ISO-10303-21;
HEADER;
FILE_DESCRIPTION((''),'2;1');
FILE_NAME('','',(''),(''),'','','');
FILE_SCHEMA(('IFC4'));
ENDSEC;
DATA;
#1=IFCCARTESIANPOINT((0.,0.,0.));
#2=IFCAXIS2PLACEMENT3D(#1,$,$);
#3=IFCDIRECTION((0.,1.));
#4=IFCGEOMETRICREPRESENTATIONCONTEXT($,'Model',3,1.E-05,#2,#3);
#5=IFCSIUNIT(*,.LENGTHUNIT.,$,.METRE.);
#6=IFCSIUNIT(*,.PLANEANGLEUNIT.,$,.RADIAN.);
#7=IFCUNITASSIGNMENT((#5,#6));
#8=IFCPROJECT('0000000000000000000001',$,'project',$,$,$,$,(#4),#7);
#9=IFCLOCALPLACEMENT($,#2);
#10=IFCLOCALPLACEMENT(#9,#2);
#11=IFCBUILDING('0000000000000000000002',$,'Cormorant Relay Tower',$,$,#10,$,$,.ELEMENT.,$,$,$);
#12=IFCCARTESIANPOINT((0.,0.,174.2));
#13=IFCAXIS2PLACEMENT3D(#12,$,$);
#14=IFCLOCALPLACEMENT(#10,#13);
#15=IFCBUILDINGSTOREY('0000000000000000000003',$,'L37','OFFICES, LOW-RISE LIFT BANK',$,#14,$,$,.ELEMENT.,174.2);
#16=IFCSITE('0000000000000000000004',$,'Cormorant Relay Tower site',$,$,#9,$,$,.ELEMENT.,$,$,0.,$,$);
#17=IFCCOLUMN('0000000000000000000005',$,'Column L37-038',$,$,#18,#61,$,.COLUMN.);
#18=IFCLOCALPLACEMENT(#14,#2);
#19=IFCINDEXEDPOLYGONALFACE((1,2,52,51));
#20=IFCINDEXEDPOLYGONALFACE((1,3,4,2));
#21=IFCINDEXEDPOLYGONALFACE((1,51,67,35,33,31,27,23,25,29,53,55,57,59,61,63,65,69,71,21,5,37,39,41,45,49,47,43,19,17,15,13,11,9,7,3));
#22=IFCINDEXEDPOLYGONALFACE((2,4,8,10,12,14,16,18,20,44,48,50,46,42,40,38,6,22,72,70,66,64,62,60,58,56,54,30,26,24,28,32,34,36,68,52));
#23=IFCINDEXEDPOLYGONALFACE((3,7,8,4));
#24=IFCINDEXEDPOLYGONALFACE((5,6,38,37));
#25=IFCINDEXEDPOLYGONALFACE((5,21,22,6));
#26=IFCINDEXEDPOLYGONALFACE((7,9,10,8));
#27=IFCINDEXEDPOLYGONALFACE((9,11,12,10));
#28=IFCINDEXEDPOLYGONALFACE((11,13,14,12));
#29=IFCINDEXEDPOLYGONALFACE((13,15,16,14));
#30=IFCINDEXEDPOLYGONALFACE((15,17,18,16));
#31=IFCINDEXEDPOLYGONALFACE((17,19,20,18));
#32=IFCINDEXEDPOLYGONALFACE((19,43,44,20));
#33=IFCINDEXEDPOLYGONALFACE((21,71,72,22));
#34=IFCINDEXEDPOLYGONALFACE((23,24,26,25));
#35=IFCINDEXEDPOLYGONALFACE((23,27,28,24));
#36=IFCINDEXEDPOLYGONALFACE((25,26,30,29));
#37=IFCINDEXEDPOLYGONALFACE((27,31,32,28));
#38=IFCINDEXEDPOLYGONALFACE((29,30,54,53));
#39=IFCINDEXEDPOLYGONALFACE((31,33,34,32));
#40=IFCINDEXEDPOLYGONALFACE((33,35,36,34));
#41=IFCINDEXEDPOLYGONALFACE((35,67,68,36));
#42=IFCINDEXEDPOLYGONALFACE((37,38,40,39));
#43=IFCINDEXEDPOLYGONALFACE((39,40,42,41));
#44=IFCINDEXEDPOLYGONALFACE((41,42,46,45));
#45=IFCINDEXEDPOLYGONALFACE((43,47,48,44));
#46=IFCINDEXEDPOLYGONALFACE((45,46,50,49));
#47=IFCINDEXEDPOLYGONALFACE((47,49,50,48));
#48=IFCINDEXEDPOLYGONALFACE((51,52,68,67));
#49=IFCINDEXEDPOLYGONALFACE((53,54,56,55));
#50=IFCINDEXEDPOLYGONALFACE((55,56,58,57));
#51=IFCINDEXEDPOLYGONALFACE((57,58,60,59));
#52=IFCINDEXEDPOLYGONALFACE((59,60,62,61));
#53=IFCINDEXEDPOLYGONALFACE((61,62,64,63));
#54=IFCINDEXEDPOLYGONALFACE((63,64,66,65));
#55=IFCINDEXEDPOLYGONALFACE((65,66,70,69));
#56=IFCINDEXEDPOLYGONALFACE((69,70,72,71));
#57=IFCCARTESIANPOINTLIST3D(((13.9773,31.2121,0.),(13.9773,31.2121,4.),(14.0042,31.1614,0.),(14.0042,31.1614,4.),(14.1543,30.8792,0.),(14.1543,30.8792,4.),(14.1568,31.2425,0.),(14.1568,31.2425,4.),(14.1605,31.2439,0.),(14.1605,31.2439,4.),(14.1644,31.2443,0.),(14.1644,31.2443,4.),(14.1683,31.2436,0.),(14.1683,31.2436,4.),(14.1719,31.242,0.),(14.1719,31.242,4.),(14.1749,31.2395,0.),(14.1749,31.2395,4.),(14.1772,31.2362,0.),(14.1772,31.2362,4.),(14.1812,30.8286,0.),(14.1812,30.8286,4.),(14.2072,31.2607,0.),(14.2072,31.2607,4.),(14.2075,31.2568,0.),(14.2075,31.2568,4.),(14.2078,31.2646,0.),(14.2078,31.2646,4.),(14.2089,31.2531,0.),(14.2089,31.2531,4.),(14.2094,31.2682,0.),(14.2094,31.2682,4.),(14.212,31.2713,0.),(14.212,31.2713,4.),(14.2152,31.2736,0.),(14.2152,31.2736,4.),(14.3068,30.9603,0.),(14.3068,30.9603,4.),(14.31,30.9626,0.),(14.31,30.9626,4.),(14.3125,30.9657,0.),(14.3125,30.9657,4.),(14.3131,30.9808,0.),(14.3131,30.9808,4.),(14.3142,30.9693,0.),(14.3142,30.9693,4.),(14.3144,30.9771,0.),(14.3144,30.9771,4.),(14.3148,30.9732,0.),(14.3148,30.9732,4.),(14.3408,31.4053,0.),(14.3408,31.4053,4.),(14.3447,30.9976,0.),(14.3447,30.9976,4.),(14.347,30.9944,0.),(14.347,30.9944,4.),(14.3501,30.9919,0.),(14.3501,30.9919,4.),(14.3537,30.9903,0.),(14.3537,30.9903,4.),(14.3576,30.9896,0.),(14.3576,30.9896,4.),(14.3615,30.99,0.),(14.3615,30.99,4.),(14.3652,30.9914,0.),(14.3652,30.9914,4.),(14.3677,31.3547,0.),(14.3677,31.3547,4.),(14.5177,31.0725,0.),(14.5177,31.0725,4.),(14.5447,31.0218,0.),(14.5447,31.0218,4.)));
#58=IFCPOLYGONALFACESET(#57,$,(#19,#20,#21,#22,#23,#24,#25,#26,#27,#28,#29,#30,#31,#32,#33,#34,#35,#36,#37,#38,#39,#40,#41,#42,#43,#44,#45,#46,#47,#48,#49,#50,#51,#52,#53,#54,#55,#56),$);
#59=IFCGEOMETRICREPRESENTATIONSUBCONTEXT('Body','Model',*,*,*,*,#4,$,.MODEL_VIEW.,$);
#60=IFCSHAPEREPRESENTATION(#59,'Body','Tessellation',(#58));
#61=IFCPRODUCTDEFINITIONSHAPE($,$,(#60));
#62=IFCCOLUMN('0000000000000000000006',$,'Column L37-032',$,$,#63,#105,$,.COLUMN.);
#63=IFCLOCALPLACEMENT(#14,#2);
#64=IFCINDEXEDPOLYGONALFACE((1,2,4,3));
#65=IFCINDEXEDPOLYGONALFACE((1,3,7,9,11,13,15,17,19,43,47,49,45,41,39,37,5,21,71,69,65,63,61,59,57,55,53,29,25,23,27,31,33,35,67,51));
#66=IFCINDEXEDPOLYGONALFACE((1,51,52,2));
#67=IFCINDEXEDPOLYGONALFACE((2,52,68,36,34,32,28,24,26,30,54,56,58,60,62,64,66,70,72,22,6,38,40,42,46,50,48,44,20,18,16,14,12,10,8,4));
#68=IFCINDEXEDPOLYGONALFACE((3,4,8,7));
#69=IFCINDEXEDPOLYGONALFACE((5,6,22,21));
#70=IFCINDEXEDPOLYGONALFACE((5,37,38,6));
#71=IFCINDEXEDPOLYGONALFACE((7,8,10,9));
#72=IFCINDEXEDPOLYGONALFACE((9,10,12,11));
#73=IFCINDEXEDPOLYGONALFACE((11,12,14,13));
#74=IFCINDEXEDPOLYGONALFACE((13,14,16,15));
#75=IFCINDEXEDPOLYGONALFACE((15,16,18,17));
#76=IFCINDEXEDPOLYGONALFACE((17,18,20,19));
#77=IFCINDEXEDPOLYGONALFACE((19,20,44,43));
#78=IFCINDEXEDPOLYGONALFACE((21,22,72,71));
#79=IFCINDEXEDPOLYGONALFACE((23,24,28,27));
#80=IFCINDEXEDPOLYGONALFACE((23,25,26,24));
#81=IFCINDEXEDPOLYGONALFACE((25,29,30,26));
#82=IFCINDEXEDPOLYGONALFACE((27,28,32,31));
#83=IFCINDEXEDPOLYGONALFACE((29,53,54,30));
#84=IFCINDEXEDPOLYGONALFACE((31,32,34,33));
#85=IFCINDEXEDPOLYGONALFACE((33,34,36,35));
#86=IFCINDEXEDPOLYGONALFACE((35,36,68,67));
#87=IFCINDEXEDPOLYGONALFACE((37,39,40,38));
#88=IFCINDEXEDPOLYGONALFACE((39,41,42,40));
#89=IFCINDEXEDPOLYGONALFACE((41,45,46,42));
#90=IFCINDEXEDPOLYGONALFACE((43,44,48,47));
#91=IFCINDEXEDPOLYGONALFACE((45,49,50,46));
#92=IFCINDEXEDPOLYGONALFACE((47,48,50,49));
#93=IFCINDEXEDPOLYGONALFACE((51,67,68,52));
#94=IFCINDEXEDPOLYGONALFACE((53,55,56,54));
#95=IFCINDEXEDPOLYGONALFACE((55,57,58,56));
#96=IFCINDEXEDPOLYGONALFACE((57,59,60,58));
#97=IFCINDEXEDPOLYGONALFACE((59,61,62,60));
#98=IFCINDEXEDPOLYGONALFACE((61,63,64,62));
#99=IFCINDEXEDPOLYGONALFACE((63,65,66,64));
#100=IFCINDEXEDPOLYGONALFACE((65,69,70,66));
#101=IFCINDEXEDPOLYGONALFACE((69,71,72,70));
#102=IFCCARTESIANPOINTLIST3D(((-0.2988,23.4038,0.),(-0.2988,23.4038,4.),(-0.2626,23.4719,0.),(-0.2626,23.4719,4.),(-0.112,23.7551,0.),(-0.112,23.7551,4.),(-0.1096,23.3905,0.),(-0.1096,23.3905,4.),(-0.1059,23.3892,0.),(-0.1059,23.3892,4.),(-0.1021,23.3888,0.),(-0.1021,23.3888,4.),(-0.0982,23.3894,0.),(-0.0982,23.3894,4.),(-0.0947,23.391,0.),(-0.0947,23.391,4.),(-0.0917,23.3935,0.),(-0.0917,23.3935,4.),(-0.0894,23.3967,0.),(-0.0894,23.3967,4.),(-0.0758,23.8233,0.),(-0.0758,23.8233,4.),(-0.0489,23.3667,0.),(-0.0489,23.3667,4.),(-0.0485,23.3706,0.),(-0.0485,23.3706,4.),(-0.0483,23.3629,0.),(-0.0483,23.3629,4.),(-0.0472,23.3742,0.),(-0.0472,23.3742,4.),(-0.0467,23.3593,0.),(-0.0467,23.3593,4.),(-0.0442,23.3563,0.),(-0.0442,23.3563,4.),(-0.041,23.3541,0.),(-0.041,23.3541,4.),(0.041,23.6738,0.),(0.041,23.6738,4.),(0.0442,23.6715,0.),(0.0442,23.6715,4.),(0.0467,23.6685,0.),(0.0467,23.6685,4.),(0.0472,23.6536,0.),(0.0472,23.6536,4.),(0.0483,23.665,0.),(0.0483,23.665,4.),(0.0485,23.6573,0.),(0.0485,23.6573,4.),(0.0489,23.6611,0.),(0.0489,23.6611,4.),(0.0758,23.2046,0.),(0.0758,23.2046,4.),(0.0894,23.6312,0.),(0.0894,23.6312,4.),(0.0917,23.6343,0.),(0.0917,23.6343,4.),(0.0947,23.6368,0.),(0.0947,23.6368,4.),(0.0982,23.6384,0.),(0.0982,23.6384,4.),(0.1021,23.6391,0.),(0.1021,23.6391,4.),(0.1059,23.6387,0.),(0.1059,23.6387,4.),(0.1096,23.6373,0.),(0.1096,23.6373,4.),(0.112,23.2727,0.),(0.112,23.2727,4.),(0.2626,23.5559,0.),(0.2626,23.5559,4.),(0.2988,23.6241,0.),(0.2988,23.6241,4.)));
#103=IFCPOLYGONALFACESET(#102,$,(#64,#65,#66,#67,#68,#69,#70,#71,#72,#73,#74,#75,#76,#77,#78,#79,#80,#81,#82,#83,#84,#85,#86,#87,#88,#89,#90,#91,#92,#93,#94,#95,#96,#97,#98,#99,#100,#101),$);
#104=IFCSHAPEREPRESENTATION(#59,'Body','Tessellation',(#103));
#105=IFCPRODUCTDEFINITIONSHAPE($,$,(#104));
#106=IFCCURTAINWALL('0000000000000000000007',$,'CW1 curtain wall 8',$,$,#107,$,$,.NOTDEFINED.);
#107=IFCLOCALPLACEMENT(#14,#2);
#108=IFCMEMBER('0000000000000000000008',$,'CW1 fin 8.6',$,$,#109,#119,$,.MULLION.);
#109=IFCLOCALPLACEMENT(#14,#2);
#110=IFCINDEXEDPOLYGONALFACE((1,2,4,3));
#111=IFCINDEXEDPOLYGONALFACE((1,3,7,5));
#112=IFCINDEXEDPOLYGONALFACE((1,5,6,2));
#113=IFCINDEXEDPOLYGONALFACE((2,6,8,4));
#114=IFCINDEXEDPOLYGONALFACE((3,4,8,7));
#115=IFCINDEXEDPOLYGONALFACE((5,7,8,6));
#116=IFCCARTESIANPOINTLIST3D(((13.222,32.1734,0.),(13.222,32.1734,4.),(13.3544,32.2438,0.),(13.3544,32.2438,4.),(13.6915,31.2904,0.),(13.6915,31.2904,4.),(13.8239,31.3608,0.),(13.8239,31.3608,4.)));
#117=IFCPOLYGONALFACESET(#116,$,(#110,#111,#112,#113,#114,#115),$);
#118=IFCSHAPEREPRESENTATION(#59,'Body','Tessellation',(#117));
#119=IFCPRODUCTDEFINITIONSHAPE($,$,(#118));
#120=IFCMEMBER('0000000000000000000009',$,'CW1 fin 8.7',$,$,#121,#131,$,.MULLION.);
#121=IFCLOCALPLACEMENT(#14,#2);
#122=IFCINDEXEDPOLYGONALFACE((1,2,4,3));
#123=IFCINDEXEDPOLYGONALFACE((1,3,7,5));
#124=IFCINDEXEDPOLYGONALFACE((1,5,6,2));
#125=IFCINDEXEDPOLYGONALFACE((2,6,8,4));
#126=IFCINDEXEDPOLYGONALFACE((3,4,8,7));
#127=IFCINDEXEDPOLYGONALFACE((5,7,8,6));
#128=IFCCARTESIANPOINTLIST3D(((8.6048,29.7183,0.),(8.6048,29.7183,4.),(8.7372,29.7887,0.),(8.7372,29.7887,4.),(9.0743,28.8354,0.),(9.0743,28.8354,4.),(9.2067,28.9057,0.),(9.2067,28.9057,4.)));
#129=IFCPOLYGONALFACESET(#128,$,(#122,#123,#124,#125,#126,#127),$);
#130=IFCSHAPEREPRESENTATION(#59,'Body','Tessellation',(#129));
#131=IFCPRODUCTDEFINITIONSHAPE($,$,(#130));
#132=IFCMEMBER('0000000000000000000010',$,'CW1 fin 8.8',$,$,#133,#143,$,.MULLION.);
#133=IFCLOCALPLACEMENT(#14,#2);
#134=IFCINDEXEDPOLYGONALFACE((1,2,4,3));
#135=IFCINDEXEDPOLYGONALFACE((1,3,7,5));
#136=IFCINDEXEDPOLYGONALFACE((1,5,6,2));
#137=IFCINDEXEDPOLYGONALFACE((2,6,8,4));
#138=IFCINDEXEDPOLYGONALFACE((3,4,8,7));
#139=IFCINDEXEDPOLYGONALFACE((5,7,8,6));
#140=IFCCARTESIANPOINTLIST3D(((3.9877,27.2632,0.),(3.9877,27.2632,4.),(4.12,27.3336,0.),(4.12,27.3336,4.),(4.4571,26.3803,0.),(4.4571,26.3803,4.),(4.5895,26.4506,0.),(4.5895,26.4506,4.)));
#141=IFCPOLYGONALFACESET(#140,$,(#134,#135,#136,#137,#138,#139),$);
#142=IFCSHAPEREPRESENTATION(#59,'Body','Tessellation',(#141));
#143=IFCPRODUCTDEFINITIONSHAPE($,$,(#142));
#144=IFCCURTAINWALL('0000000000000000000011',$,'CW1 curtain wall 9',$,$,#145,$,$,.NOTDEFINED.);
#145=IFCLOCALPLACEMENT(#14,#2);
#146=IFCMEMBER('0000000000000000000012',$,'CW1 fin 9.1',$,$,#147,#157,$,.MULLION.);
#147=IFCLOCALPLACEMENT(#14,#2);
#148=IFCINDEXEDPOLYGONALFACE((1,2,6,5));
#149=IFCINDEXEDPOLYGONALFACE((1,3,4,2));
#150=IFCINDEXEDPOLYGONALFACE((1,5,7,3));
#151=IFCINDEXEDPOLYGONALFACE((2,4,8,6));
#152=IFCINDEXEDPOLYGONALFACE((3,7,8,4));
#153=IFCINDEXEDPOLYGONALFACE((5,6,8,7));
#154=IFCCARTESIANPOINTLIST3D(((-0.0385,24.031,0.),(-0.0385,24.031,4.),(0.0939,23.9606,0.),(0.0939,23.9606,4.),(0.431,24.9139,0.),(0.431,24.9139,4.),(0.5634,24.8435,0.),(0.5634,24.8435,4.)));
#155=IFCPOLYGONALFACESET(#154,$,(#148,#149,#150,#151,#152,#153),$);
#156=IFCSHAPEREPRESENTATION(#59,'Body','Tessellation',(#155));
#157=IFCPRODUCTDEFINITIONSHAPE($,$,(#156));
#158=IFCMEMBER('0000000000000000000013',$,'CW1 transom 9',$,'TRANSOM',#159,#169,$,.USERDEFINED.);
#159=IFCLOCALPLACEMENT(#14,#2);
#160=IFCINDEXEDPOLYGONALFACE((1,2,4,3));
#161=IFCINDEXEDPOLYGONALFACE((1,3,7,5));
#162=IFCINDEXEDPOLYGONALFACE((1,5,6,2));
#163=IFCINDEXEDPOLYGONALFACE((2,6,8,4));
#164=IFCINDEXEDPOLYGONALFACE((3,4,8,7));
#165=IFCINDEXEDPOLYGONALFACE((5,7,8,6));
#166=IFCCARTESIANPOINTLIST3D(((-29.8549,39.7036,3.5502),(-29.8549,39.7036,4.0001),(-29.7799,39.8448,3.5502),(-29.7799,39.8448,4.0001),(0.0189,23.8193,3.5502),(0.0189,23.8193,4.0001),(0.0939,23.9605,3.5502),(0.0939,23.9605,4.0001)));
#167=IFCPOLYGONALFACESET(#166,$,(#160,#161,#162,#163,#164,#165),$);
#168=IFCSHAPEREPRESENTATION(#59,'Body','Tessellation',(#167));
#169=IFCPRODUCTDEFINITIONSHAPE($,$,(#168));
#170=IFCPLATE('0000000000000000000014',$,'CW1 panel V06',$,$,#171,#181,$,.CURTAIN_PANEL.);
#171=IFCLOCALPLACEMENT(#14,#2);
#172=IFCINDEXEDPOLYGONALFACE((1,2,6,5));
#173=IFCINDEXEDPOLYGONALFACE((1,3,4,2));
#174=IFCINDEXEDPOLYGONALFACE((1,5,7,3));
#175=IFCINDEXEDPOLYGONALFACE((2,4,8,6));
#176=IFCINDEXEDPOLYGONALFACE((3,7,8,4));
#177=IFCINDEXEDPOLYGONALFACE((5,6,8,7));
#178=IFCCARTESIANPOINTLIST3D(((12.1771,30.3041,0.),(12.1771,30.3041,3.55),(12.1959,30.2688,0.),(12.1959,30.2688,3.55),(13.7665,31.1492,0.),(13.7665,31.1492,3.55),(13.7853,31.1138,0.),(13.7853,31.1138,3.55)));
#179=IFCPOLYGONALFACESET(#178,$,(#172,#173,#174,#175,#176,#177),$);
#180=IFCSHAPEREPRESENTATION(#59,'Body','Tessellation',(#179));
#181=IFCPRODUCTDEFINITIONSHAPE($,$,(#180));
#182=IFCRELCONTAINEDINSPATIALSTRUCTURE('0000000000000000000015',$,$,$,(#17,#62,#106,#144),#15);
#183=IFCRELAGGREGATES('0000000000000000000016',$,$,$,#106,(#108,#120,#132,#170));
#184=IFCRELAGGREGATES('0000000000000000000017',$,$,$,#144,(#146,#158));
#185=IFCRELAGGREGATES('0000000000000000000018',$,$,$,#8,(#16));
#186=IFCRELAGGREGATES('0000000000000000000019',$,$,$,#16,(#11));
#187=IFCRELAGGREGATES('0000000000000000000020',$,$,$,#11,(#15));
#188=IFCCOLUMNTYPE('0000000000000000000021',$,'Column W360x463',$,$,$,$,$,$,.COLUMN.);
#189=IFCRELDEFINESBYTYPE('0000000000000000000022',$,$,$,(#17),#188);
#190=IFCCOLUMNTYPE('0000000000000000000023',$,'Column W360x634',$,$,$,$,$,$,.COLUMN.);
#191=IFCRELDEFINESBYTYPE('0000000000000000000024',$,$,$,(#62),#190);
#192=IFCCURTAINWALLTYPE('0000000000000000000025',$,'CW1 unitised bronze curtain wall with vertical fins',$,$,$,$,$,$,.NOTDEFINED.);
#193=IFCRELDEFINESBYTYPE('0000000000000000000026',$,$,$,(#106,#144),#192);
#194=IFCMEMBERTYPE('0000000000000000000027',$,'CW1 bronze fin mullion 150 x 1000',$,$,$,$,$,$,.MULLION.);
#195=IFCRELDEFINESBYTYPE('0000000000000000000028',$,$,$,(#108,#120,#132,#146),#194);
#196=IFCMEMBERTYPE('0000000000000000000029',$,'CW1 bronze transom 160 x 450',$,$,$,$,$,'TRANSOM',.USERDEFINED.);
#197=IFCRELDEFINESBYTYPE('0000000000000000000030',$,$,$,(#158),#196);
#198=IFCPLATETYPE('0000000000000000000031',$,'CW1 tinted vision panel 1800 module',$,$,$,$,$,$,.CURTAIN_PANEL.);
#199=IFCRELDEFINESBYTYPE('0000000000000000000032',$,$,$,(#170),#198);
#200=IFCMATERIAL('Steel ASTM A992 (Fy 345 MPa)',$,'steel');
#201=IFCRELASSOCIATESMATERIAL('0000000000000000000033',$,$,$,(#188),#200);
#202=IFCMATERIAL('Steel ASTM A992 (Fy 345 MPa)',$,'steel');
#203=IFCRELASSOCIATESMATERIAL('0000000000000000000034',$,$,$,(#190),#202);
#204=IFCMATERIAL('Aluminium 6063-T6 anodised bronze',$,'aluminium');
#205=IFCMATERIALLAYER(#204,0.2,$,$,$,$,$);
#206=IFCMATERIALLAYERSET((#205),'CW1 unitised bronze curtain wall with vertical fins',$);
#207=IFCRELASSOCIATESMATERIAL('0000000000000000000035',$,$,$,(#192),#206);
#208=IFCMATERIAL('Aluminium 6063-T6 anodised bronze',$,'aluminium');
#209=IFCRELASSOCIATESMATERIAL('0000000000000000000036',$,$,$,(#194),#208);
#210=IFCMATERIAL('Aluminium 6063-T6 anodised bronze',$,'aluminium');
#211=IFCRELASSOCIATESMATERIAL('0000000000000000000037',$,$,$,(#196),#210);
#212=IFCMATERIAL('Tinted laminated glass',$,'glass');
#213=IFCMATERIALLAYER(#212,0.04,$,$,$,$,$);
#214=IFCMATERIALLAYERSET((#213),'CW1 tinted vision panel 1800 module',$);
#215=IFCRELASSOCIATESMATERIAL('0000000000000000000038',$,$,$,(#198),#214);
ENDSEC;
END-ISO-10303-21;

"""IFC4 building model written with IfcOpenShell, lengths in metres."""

from ifc_helpers import new_model, si_unit, direction, frame, origin, origin_2d, place, context, subcontext, project, spatial, rectangle, i_section, extrude, material, layer, layer_set, material_profile, profile_set, type_object, element, aggregate, save


model = new_model("IFC4")

# Units and contexts
model_context = context("Model", 3, precision=1e-05, world=origin(), true_north=direction((0.0, 1.0)))
body_context = subcontext(model_context, "Body", "Model", "MODEL_VIEW")
ifc_project = project(units=[si_unit("LENGTHUNIT", "METRE"), si_unit("PLANEANGLEUNIT", "RADIAN")], contexts=[model_context])

# Site, building, storey
site_placement = place(None, origin())
site = spatial("IfcSite", under=ifc_project, at=site_placement, Name="Cormorant Relay Tower site", CompositionType="ELEMENT", RefElevation=0.0)
building_placement = place(site_placement, origin())
building = spatial("IfcBuilding", under=site, at=building_placement, Name="Cormorant Relay Tower", CompositionType="ELEMENT")
storey_placement = place(building_placement, frame((0.0, 0.0, 174.2)))
storey = spatial("IfcBuildingStorey", under=building, at=storey_placement, Name="L37", Description="OFFICES, LOW-RISE LIFT BANK", CompositionType="ELEMENT", Elevation=174.2)

# Columns
ifc_material_1 = material(Name="Steel ASTM A992 (Fy 345 MPa)", Category="steel")
ifc_material_profile_1 = material_profile(ifc_material_1, i_section(OverallWidth=0.4116, OverallDepth=0.4343, WebThickness=0.0359, FlangeThickness=0.0574, FilletRadius=0.0151, at=origin_2d()), Name="W360x463")
ifc_profile_set_1 = profile_set([ifc_material_profile_1], Name="Steel ASTM A992 (Fy 345 MPa)")
column_type_1 = type_object("IfcColumnType", Name="Column W360x463", PredefinedType="COLUMN", material=ifc_profile_set_1)
for number, where, z_axis, x_axis, name in (
    (1, (14.261, 31.1169, 0.0), (0.0, 0.0, 1.0), (-0.882948, -0.469472, 0.0), "Column L37-038"),
):
    element("IfcColumn", number, at=place(storey_placement, frame(where, z_axis=z_axis, x_axis=x_axis)), inside=storey, type_object=column_type_1, Name=name, PredefinedType="COLUMN", context=body_context, shape_type="SweptSolid", body=[
        extrude(i_section(OverallWidth=0.4116, OverallDepth=0.4343, WebThickness=0.0359, FlangeThickness=0.0574, FilletRadius=0.0151, at=origin_2d()), origin(), (0.0, 0.0, 1.0), 4.0),
    ])
ifc_material_2 = material(Name="Steel ASTM A992 (Fy 345 MPa)", Category="steel")
ifc_material_profile_2 = material_profile(ifc_material_2, i_section(OverallWidth=0.4243, OverallDepth=0.4751, WebThickness=0.0479, FlangeThickness=0.0771, FilletRadius=0.0149, at=origin_2d()), Name="W360x634")
ifc_profile_set_2 = profile_set([ifc_material_profile_2], Name="Steel ASTM A992 (Fy 345 MPa)")
column_type_2 = type_object("IfcColumnType", Name="Column W360x634", PredefinedType="COLUMN", material=ifc_profile_set_2)
column_placement = place(storey_placement, frame((0.0, 23.5139, 0.0), z_axis=(0.0, 0.0, 1.0), x_axis=(-0.882948, 0.469472, 0.0)))
element("IfcColumn", 2, at=column_placement, inside=storey, type_object=column_type_2, Name="Column L37-032", PredefinedType="COLUMN", context=body_context, shape_type="SweptSolid", body=[
    extrude(i_section(OverallWidth=0.4243, OverallDepth=0.4751, WebThickness=0.0479, FlangeThickness=0.0771, FilletRadius=0.0149, at=origin_2d()), origin(), (0.0, 0.0, 1.0), 4.0),
])

# Curtain walls, members
ifc_material_3 = material(Name="Aluminium 6063-T6 anodised bronze", Category="aluminium")
ifc_layer_1 = layer(ifc_material_3, 0.2)
ifc_layer_set_1 = layer_set([ifc_layer_1], Name="CW1 unitised bronze curtain wall with vertical fins")
curtain_wall_type = type_object("IfcCurtainWallType", Name="CW1 unitised bronze curtain wall with vertical fins", PredefinedType="NOTDEFINED", material=ifc_layer_set_1)
curtain_wall_1_placement = place(storey_placement, origin())
curtain_wall_1 = element("IfcCurtainWall", 3, at=curtain_wall_1_placement, inside=storey, type_object=curtain_wall_type, Name="CW1 curtain wall 8", PredefinedType="NOTDEFINED")
ifc_material_4 = material(Name="Aluminium 6063-T6 anodised bronze", Category="aluminium")
ifc_material_profile_3 = material_profile(ifc_material_4, rectangle(XDim=0.1499, YDim=1.0, at=origin_2d()), Name="AL 150x1000")
ifc_profile_set_3 = profile_set([ifc_material_profile_3], Name="Aluminium 6063-T6 anodised bronze")
member_type_1 = type_object("IfcMemberType", Name="CW1 bronze fin mullion 150 x 1000", PredefinedType="MULLION", material=ifc_profile_set_3)
member_1_placement = place(storey_placement, frame((13.5229, 31.7671, 0.0), z_axis=(0.0, 0.0, 1.0), x_axis=(-0.882948, -0.469472, 0.0)))
member_1 = element("IfcMember", 4, at=member_1_placement, type_object=member_type_1, Name="CW1 fin 8.6", PredefinedType="MULLION", context=body_context, shape_type="SweptSolid", body=[
    extrude(rectangle(XDim=0.1499, YDim=1.0, at=origin_2d()), origin(), (0.0, 0.0, 1.0), 4.0),
])
member_2_placement = place(storey_placement, frame((8.9058, 29.312, 0.0), z_axis=(0.0, 0.0, 1.0), x_axis=(-0.882948, -0.469472, 0.0)))
member_2 = element("IfcMember", 5, at=member_2_placement, type_object=member_type_1, Name="CW1 fin 8.7", PredefinedType="MULLION", context=body_context, shape_type="SweptSolid", body=[
    extrude(rectangle(XDim=0.1499, YDim=1.0, at=origin_2d()), origin(), (0.0, 0.0, 1.0), 4.0),
])
member_3_placement = place(storey_placement, frame((4.2886, 26.8569, 0.0), z_axis=(0.0, 0.0, 1.0), x_axis=(-0.882948, -0.469472, 0.0)))
member_3 = element("IfcMember", 6, at=member_3_placement, type_object=member_type_1, Name="CW1 fin 8.8", PredefinedType="MULLION", context=body_context, shape_type="SweptSolid", body=[
    extrude(rectangle(XDim=0.1499, YDim=1.0, at=origin_2d()), origin(), (0.0, 0.0, 1.0), 4.0),
])
curtain_wall_2_placement = place(storey_placement, origin())
curtain_wall_2 = element("IfcCurtainWall", 7, at=curtain_wall_2_placement, inside=storey, type_object=curtain_wall_type, Name="CW1 curtain wall 9", PredefinedType="NOTDEFINED")
member_4_placement = place(storey_placement, frame((0.2625, 24.4373, 0.0), z_axis=(0.0, 0.0, 1.0), x_axis=(-0.882948, 0.469472, 0.0)))
member_4 = element("IfcMember", 8, at=member_4_placement, type_object=member_type_1, Name="CW1 fin 9.1", PredefinedType="MULLION", context=body_context, shape_type="SweptSolid", body=[
    extrude(rectangle(XDim=0.1499, YDim=1.0, at=origin_2d()), origin(), (0.0, 0.0, 1.0), 4.0),
])
ifc_material_5 = material(Name="Aluminium 6063-T6 anodised bronze", Category="aluminium")
ifc_material_profile_4 = material_profile(ifc_material_5, rectangle(XDim=0.1599, YDim=0.45, at=origin_2d()), Name="AL 160x450")
ifc_profile_set_4 = profile_set([ifc_material_profile_4], Name="Aluminium 6063-T6 anodised bronze")
member_type_2 = type_object("IfcMemberType", Name="CW1 bronze transom 160 x 450", ElementType="TRANSOM", PredefinedType="USERDEFINED", material=ifc_profile_set_4)
member_5_placement = place(storey_placement, frame((0.0564, 23.8899, 3.7751), z_axis=(-0.882946, 0.469474, 0.0), x_axis=(-0.469474, -0.882946, 0.0)))
member_5 = element("IfcMember", 9, at=member_5_placement, type_object=member_type_2, Name="CW1 transom 9", ObjectType="TRANSOM", PredefinedType="USERDEFINED", context=body_context, shape_type="SweptSolid", body=[
    extrude(rectangle(XDim=0.1599, YDim=0.45, at=origin_2d()), origin(), (0.0, 0.0, 1.0), 33.8342),
])

# Plate
ifc_material_6 = material(Name="Tinted laminated glass", Category="glass")
ifc_layer_2 = layer(ifc_material_6, 0.04)
ifc_layer_set_2 = layer_set([ifc_layer_2], Name="CW1 tinted vision panel 1800 module")
plate_type = type_object("IfcPlateType", Name="CW1 tinted vision panel 1800 module", PredefinedType="CURTAIN_PANEL", material=ifc_layer_set_2)
plate_1_placement = place(storey_placement, frame((12.9812, 30.709, 0.0), z_axis=(0.0, 0.0, 1.0), x_axis=(-0.882948, -0.469472, 0.0)))
plate_1 = element("IfcPlate", 10, at=plate_1_placement, type_object=plate_type, Name="CW1 panel V06", PredefinedType="CURTAIN_PANEL", context=body_context, shape_type="SweptSolid", body=[
    extrude(rectangle(XDim=1.8, YDim=0.04, at=origin_2d()), origin(), (0.0, 0.0, 1.0), 3.55),
])

aggregate(curtain_wall_1, [member_1, member_2, member_3, plate_1])
aggregate(curtain_wall_2, [member_4, member_5])

save(model, "model.ifc")
